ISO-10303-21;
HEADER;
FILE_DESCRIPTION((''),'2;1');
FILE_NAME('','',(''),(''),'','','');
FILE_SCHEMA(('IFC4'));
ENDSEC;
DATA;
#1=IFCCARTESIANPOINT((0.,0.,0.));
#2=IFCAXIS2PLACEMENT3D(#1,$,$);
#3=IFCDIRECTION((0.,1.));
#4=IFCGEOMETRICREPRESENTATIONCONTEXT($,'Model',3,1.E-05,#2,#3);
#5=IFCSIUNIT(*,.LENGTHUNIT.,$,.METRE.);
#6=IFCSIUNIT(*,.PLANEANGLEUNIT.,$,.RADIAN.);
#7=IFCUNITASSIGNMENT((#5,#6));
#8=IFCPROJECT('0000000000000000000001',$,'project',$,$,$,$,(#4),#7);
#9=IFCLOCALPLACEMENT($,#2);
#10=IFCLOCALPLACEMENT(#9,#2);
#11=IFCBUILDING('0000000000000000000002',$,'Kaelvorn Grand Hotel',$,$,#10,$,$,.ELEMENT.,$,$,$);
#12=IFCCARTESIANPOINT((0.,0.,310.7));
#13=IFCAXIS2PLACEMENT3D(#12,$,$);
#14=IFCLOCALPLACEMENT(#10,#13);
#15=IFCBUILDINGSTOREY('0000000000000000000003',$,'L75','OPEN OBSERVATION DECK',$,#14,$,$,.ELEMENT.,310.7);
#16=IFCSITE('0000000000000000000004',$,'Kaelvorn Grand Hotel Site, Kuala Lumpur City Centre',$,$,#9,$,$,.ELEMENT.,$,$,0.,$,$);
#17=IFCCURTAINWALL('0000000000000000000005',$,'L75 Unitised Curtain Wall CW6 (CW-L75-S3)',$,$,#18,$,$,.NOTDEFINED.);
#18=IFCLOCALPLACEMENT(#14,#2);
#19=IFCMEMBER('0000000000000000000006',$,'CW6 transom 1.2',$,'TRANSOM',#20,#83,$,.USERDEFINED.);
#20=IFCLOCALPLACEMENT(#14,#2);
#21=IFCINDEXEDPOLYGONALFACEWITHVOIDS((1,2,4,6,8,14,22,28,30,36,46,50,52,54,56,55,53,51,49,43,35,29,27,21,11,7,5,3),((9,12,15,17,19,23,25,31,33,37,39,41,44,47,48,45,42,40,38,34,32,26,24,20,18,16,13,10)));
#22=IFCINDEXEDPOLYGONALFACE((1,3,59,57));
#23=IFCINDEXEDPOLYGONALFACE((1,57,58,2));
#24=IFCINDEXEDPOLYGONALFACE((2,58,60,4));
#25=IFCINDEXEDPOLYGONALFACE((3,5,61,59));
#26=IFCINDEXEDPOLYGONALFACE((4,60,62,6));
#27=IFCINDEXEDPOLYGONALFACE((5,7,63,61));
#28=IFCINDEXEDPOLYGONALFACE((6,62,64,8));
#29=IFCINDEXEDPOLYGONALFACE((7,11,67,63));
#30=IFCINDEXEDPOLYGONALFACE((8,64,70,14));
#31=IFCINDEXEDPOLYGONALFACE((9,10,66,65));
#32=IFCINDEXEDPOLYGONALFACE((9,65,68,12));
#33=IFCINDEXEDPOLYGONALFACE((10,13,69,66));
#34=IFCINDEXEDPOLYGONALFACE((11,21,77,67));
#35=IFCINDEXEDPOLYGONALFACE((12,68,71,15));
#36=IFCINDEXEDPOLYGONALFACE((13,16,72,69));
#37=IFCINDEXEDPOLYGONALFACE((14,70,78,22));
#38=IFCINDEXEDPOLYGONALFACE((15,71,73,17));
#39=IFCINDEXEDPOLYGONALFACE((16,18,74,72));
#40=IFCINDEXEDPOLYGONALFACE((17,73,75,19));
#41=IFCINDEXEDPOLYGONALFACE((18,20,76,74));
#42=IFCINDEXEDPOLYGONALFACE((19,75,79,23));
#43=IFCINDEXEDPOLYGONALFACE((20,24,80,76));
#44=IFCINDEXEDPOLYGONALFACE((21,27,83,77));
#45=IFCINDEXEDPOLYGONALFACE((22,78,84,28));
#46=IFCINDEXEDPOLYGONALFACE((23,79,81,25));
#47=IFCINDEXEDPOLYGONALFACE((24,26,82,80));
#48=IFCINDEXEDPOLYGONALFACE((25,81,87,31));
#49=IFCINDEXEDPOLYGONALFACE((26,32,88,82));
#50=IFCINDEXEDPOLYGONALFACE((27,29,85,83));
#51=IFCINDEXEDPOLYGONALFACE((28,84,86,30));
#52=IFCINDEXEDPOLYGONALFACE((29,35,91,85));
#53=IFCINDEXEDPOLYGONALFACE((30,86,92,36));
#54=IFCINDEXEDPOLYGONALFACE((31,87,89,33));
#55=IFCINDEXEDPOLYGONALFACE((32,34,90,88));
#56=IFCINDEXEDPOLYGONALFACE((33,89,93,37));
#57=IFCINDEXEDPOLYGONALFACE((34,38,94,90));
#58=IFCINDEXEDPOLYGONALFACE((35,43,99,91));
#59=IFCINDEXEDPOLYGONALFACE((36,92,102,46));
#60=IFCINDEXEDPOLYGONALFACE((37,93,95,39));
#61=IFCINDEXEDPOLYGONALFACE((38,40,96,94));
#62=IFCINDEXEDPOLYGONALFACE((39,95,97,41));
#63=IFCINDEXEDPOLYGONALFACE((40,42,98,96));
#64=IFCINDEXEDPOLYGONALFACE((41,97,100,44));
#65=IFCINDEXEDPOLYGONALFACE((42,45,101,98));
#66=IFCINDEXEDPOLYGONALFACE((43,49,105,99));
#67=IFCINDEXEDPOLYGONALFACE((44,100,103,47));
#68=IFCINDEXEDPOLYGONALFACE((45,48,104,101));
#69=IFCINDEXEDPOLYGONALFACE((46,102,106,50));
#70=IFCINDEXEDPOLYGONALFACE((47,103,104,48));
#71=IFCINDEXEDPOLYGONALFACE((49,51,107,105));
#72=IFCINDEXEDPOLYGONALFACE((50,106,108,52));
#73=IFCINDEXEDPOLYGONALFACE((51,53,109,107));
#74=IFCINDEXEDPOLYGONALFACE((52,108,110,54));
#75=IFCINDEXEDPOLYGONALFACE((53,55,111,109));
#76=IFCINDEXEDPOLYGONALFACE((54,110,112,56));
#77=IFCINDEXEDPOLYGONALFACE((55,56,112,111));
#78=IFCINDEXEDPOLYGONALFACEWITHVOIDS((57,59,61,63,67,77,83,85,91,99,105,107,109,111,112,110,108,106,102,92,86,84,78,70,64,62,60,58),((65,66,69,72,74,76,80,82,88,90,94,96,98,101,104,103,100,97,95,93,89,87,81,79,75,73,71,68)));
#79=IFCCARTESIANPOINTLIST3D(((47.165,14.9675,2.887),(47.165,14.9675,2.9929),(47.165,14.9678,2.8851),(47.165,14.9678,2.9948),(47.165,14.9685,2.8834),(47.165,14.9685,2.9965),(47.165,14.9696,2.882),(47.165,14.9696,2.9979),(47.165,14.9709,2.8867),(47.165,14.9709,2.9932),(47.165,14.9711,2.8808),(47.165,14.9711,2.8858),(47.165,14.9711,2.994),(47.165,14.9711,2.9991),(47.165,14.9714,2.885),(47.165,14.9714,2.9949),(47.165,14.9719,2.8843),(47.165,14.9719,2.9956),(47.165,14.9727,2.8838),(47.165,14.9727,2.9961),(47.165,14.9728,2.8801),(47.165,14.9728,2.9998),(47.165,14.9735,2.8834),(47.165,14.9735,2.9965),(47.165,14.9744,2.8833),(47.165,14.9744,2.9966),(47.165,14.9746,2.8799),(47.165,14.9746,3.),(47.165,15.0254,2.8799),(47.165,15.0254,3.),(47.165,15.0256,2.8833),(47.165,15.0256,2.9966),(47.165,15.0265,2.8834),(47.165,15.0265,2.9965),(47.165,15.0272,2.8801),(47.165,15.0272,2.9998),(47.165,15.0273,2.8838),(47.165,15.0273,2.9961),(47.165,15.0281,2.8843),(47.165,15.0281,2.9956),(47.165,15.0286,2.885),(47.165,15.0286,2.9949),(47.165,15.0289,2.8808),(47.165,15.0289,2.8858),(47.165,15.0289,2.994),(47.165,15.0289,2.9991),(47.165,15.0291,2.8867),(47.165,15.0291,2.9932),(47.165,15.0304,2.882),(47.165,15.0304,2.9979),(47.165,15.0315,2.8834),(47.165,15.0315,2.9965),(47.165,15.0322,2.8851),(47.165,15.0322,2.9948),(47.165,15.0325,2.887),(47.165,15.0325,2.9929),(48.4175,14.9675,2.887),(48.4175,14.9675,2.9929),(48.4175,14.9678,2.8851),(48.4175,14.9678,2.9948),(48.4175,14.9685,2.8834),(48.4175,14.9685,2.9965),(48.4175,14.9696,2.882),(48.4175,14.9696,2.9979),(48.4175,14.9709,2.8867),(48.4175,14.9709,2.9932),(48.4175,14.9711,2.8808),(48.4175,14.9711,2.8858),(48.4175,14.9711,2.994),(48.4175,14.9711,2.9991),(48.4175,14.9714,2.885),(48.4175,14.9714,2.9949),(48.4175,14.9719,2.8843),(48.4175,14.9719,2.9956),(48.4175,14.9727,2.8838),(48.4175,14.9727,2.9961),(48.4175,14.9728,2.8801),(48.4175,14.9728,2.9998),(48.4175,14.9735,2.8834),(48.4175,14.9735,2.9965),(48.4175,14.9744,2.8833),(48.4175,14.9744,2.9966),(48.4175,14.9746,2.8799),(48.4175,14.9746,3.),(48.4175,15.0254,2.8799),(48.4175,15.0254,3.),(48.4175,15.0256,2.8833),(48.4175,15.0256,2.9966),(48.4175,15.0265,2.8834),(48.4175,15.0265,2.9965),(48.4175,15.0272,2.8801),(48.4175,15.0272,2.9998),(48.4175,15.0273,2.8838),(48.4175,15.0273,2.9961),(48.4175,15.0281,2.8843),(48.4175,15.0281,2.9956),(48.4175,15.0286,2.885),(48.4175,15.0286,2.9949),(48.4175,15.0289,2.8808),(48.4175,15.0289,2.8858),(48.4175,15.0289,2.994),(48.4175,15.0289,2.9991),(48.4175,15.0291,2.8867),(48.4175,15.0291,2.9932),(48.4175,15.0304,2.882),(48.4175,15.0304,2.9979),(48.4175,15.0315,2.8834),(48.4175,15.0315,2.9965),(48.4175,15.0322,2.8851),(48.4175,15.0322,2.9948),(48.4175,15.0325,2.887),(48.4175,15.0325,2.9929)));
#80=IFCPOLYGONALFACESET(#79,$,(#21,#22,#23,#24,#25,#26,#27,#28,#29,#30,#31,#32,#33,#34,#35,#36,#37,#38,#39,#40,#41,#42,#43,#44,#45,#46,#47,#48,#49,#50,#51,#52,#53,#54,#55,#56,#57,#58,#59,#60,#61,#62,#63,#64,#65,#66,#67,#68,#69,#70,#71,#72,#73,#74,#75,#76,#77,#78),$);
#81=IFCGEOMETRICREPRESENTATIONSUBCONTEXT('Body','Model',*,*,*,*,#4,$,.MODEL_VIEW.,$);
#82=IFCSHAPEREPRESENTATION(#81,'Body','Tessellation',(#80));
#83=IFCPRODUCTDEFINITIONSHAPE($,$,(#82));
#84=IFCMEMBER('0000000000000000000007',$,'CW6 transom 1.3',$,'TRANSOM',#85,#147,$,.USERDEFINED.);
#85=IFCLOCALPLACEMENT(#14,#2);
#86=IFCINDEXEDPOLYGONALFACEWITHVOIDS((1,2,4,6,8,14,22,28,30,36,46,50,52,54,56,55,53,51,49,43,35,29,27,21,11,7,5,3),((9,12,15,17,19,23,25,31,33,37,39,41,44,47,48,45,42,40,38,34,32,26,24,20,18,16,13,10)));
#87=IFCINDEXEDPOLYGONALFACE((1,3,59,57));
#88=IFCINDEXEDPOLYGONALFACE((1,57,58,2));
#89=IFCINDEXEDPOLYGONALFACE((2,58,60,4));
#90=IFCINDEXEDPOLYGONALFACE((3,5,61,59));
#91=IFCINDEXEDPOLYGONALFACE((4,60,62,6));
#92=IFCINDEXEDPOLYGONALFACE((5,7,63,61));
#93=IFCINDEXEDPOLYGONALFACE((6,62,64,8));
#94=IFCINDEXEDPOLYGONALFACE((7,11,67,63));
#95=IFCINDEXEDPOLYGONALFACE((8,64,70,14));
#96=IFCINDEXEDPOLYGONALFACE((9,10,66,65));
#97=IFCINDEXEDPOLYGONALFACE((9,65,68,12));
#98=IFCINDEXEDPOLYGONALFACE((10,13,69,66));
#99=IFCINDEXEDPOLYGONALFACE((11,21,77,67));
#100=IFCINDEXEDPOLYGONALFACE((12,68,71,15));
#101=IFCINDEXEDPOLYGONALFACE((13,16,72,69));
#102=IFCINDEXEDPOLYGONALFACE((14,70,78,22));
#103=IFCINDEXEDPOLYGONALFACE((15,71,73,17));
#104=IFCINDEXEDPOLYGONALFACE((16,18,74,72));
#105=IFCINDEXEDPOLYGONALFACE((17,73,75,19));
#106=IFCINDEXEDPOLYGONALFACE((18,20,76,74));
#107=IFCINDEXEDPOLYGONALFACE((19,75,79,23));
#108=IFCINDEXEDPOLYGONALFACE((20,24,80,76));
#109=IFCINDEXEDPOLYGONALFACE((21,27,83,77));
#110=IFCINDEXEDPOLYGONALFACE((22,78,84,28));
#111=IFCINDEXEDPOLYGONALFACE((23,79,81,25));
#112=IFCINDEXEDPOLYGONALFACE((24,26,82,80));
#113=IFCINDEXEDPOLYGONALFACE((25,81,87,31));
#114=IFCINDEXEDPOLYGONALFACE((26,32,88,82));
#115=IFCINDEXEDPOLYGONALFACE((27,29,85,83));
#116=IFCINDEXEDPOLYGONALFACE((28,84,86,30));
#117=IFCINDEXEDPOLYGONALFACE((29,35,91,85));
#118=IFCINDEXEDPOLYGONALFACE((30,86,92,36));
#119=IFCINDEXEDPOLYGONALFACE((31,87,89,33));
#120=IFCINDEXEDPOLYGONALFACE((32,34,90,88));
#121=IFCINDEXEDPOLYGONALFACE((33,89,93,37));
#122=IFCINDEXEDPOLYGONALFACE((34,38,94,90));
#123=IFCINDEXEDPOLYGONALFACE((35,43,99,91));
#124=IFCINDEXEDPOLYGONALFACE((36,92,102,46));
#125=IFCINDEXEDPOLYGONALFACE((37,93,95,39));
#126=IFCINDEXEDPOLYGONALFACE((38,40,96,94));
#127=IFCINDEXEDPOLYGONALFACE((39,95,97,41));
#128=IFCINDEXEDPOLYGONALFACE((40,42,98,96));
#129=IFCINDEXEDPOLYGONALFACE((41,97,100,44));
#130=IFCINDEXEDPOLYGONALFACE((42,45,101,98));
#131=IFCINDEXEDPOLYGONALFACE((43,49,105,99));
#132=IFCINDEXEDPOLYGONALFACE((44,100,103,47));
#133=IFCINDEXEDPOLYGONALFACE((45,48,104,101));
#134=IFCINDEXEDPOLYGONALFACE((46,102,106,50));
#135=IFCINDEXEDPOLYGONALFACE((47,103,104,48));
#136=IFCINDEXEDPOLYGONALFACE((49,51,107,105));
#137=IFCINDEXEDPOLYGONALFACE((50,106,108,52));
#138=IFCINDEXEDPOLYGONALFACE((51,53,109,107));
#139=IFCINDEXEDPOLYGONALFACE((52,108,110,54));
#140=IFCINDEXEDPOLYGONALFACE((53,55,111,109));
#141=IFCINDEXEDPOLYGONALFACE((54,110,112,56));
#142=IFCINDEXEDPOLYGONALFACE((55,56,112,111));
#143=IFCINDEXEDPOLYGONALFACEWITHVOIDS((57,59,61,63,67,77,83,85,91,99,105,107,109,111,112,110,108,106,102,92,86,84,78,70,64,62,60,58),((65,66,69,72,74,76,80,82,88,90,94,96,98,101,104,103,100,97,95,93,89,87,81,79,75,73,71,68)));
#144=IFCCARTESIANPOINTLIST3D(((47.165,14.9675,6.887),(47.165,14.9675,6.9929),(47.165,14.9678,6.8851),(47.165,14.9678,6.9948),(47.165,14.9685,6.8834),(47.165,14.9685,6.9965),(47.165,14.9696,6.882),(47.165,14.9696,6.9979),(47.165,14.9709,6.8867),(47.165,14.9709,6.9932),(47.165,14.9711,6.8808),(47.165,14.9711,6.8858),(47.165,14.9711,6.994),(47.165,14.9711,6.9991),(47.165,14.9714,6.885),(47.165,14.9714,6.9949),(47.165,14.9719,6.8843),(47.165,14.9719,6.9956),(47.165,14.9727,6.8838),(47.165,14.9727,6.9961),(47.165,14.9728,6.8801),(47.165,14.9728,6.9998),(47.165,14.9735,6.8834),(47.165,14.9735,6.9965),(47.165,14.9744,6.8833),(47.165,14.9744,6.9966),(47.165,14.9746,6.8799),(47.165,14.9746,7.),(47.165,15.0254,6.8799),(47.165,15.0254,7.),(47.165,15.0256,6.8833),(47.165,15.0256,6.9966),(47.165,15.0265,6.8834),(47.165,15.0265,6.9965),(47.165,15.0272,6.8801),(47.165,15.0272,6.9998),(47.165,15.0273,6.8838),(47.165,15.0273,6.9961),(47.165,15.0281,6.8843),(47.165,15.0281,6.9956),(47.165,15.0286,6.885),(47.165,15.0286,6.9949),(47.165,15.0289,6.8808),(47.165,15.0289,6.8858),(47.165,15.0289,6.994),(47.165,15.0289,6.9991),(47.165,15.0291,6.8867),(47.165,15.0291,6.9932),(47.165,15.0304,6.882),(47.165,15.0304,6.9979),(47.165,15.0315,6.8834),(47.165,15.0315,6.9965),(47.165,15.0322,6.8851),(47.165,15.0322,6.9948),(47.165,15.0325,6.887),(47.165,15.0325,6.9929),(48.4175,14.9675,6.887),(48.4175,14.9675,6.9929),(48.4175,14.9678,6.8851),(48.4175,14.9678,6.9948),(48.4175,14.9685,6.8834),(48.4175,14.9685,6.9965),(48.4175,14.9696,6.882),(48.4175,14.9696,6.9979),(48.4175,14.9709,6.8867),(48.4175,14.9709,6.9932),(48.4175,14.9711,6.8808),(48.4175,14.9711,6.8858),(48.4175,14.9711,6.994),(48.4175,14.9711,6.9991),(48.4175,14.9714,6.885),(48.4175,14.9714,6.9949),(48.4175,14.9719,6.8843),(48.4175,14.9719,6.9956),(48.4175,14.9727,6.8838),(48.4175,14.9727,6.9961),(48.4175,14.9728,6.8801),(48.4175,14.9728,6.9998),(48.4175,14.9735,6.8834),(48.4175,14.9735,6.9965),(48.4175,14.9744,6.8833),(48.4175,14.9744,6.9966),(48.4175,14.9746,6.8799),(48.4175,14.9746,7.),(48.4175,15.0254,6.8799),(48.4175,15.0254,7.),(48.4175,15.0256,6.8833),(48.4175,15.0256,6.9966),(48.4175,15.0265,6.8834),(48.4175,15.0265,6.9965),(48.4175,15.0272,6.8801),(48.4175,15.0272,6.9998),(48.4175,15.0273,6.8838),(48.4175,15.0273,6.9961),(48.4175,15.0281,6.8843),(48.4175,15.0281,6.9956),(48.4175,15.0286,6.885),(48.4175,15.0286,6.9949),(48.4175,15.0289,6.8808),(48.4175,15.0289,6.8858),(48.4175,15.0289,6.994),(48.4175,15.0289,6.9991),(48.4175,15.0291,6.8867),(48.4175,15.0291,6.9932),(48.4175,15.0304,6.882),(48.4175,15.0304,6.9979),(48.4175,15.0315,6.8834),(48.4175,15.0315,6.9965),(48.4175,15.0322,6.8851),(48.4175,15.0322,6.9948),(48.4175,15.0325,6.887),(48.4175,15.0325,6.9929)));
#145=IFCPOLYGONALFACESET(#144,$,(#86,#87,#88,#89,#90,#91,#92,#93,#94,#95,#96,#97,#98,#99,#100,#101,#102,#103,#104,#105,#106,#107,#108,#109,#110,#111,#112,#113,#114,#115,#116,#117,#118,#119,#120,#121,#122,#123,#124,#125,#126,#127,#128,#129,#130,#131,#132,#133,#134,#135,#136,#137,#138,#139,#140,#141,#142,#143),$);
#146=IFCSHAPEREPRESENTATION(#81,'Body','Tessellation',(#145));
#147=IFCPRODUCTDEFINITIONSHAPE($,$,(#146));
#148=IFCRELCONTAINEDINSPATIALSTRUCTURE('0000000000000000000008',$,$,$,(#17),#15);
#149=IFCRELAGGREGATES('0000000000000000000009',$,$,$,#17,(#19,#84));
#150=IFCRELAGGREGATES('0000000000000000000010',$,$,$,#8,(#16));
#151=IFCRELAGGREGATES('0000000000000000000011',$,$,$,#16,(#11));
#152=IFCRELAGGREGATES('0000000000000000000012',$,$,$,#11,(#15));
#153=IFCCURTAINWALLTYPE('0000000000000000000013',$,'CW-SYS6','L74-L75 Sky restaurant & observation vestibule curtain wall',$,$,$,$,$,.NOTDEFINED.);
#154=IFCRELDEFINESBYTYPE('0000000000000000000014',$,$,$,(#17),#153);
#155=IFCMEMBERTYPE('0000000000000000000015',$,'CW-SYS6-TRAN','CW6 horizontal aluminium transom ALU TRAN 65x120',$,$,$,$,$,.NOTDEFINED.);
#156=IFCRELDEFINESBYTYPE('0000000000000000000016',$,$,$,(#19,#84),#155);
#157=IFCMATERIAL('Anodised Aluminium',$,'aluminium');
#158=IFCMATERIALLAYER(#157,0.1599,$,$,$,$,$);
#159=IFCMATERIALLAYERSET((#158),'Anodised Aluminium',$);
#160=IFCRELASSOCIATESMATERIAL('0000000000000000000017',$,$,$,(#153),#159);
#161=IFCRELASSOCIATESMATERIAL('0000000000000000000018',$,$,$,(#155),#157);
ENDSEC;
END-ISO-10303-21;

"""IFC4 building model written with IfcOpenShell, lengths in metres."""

from ifc_helpers import new_model, si_unit, direction, frame, origin, origin_2d, place, context, subcontext, project, spatial, hollow_rectangle, extrude, material, layer, layer_set, material_profile, profile_set, type_object, element, aggregate, save


model = new_model("IFC4")

# Units and contexts
model_context = context("Model", 3, precision=1e-05, world=origin(), true_north=direction((0.0, 1.0)))
body_context = subcontext(model_context, "Body", "Model", "MODEL_VIEW")
ifc_project = project(units=[si_unit("LENGTHUNIT", "METRE"), si_unit("PLANEANGLEUNIT", "RADIAN")], contexts=[model_context])

# Site, building, storey
site_placement = place(None, origin())
site = spatial("IfcSite", under=ifc_project, at=site_placement, Name="Kaelvorn Grand Hotel Site, Kuala Lumpur City Centre", CompositionType="ELEMENT", RefElevation=0.0)
building_placement = place(site_placement, origin())
building = spatial("IfcBuilding", under=site, at=building_placement, Name="Kaelvorn Grand Hotel", CompositionType="ELEMENT")
storey_placement = place(building_placement, frame((0.0, 0.0, 310.7)))
storey = spatial("IfcBuildingStorey", under=building, at=storey_placement, Name="L75", Description="OPEN OBSERVATION DECK", CompositionType="ELEMENT", Elevation=310.7)

# Curtain wall, members
ifc_material_1 = material(Name="Anodised Aluminium", Category="aluminium")
ifc_layer_1 = layer(ifc_material_1, 0.1599)
ifc_layer_set_1 = layer_set([ifc_layer_1], Name="Anodised Aluminium")
curtain_wall_type = type_object("IfcCurtainWallType", Name="CW-SYS6", Description="L74-L75 Sky restaurant & observation vestibule curtain wall", PredefinedType="NOTDEFINED", material=ifc_layer_set_1)
curtain_wall_placement = place(storey_placement, origin())
curtain_wall = element("IfcCurtainWall", 1, at=curtain_wall_placement, inside=storey, type_object=curtain_wall_type, Name="L75 Unitised Curtain Wall CW6 (CW-L75-S3)", PredefinedType="NOTDEFINED")
ifc_material_profile_1 = material_profile(ifc_material_1, hollow_rectangle(XDim=0.0649, YDim=0.1201, WallThickness=0.0034, InnerFilletRadius=0.0034, OuterFilletRadius=0.0071, at=origin_2d()), Name="ALU TRAN 65x120")
ifc_profile_set_1 = profile_set([ifc_material_profile_1], Name="Anodised Aluminium")
member_type_1 = type_object("IfcMemberType", Name="CW-SYS6-TRAN", Description="CW6 horizontal aluminium transom ALU TRAN 65x120", PredefinedType="NOTDEFINED", material=ifc_profile_set_1)
member_1_placement = place(storey_placement, frame((47.165, 15.0, 2.9399), z_axis=(1.0, 0.0, 0.0), x_axis=(0.0, 1.0, 0.0)))
member_1 = element("IfcMember", 2, at=member_1_placement, type_object=member_type_1, Name="CW6 transom 1.2", ObjectType="TRANSOM", PredefinedType="USERDEFINED", context=body_context, shape_type="SweptSolid", body=[
    extrude(hollow_rectangle(XDim=0.0649, YDim=0.1201, WallThickness=0.0034, InnerFilletRadius=0.0034, OuterFilletRadius=0.0071, at=origin_2d()), origin(), (0.0, 0.0, 1.0), 1.2524),
])
member_2_placement = place(storey_placement, frame((47.165, 15.0, 6.9399), z_axis=(1.0, 0.0, 0.0), x_axis=(0.0, 1.0, 0.0)))
member_2 = element("IfcMember", 3, at=member_2_placement, type_object=member_type_1, Name="CW6 transom 1.3", ObjectType="TRANSOM", PredefinedType="USERDEFINED", context=body_context, shape_type="SweptSolid", body=[
    extrude(hollow_rectangle(XDim=0.0649, YDim=0.1201, WallThickness=0.0034, InnerFilletRadius=0.0034, OuterFilletRadius=0.0071, at=origin_2d()), origin(), (0.0, 0.0, 1.0), 1.2524),
])

aggregate(curtain_wall, [member_1, member_2])

save(model, "model.ifc")
